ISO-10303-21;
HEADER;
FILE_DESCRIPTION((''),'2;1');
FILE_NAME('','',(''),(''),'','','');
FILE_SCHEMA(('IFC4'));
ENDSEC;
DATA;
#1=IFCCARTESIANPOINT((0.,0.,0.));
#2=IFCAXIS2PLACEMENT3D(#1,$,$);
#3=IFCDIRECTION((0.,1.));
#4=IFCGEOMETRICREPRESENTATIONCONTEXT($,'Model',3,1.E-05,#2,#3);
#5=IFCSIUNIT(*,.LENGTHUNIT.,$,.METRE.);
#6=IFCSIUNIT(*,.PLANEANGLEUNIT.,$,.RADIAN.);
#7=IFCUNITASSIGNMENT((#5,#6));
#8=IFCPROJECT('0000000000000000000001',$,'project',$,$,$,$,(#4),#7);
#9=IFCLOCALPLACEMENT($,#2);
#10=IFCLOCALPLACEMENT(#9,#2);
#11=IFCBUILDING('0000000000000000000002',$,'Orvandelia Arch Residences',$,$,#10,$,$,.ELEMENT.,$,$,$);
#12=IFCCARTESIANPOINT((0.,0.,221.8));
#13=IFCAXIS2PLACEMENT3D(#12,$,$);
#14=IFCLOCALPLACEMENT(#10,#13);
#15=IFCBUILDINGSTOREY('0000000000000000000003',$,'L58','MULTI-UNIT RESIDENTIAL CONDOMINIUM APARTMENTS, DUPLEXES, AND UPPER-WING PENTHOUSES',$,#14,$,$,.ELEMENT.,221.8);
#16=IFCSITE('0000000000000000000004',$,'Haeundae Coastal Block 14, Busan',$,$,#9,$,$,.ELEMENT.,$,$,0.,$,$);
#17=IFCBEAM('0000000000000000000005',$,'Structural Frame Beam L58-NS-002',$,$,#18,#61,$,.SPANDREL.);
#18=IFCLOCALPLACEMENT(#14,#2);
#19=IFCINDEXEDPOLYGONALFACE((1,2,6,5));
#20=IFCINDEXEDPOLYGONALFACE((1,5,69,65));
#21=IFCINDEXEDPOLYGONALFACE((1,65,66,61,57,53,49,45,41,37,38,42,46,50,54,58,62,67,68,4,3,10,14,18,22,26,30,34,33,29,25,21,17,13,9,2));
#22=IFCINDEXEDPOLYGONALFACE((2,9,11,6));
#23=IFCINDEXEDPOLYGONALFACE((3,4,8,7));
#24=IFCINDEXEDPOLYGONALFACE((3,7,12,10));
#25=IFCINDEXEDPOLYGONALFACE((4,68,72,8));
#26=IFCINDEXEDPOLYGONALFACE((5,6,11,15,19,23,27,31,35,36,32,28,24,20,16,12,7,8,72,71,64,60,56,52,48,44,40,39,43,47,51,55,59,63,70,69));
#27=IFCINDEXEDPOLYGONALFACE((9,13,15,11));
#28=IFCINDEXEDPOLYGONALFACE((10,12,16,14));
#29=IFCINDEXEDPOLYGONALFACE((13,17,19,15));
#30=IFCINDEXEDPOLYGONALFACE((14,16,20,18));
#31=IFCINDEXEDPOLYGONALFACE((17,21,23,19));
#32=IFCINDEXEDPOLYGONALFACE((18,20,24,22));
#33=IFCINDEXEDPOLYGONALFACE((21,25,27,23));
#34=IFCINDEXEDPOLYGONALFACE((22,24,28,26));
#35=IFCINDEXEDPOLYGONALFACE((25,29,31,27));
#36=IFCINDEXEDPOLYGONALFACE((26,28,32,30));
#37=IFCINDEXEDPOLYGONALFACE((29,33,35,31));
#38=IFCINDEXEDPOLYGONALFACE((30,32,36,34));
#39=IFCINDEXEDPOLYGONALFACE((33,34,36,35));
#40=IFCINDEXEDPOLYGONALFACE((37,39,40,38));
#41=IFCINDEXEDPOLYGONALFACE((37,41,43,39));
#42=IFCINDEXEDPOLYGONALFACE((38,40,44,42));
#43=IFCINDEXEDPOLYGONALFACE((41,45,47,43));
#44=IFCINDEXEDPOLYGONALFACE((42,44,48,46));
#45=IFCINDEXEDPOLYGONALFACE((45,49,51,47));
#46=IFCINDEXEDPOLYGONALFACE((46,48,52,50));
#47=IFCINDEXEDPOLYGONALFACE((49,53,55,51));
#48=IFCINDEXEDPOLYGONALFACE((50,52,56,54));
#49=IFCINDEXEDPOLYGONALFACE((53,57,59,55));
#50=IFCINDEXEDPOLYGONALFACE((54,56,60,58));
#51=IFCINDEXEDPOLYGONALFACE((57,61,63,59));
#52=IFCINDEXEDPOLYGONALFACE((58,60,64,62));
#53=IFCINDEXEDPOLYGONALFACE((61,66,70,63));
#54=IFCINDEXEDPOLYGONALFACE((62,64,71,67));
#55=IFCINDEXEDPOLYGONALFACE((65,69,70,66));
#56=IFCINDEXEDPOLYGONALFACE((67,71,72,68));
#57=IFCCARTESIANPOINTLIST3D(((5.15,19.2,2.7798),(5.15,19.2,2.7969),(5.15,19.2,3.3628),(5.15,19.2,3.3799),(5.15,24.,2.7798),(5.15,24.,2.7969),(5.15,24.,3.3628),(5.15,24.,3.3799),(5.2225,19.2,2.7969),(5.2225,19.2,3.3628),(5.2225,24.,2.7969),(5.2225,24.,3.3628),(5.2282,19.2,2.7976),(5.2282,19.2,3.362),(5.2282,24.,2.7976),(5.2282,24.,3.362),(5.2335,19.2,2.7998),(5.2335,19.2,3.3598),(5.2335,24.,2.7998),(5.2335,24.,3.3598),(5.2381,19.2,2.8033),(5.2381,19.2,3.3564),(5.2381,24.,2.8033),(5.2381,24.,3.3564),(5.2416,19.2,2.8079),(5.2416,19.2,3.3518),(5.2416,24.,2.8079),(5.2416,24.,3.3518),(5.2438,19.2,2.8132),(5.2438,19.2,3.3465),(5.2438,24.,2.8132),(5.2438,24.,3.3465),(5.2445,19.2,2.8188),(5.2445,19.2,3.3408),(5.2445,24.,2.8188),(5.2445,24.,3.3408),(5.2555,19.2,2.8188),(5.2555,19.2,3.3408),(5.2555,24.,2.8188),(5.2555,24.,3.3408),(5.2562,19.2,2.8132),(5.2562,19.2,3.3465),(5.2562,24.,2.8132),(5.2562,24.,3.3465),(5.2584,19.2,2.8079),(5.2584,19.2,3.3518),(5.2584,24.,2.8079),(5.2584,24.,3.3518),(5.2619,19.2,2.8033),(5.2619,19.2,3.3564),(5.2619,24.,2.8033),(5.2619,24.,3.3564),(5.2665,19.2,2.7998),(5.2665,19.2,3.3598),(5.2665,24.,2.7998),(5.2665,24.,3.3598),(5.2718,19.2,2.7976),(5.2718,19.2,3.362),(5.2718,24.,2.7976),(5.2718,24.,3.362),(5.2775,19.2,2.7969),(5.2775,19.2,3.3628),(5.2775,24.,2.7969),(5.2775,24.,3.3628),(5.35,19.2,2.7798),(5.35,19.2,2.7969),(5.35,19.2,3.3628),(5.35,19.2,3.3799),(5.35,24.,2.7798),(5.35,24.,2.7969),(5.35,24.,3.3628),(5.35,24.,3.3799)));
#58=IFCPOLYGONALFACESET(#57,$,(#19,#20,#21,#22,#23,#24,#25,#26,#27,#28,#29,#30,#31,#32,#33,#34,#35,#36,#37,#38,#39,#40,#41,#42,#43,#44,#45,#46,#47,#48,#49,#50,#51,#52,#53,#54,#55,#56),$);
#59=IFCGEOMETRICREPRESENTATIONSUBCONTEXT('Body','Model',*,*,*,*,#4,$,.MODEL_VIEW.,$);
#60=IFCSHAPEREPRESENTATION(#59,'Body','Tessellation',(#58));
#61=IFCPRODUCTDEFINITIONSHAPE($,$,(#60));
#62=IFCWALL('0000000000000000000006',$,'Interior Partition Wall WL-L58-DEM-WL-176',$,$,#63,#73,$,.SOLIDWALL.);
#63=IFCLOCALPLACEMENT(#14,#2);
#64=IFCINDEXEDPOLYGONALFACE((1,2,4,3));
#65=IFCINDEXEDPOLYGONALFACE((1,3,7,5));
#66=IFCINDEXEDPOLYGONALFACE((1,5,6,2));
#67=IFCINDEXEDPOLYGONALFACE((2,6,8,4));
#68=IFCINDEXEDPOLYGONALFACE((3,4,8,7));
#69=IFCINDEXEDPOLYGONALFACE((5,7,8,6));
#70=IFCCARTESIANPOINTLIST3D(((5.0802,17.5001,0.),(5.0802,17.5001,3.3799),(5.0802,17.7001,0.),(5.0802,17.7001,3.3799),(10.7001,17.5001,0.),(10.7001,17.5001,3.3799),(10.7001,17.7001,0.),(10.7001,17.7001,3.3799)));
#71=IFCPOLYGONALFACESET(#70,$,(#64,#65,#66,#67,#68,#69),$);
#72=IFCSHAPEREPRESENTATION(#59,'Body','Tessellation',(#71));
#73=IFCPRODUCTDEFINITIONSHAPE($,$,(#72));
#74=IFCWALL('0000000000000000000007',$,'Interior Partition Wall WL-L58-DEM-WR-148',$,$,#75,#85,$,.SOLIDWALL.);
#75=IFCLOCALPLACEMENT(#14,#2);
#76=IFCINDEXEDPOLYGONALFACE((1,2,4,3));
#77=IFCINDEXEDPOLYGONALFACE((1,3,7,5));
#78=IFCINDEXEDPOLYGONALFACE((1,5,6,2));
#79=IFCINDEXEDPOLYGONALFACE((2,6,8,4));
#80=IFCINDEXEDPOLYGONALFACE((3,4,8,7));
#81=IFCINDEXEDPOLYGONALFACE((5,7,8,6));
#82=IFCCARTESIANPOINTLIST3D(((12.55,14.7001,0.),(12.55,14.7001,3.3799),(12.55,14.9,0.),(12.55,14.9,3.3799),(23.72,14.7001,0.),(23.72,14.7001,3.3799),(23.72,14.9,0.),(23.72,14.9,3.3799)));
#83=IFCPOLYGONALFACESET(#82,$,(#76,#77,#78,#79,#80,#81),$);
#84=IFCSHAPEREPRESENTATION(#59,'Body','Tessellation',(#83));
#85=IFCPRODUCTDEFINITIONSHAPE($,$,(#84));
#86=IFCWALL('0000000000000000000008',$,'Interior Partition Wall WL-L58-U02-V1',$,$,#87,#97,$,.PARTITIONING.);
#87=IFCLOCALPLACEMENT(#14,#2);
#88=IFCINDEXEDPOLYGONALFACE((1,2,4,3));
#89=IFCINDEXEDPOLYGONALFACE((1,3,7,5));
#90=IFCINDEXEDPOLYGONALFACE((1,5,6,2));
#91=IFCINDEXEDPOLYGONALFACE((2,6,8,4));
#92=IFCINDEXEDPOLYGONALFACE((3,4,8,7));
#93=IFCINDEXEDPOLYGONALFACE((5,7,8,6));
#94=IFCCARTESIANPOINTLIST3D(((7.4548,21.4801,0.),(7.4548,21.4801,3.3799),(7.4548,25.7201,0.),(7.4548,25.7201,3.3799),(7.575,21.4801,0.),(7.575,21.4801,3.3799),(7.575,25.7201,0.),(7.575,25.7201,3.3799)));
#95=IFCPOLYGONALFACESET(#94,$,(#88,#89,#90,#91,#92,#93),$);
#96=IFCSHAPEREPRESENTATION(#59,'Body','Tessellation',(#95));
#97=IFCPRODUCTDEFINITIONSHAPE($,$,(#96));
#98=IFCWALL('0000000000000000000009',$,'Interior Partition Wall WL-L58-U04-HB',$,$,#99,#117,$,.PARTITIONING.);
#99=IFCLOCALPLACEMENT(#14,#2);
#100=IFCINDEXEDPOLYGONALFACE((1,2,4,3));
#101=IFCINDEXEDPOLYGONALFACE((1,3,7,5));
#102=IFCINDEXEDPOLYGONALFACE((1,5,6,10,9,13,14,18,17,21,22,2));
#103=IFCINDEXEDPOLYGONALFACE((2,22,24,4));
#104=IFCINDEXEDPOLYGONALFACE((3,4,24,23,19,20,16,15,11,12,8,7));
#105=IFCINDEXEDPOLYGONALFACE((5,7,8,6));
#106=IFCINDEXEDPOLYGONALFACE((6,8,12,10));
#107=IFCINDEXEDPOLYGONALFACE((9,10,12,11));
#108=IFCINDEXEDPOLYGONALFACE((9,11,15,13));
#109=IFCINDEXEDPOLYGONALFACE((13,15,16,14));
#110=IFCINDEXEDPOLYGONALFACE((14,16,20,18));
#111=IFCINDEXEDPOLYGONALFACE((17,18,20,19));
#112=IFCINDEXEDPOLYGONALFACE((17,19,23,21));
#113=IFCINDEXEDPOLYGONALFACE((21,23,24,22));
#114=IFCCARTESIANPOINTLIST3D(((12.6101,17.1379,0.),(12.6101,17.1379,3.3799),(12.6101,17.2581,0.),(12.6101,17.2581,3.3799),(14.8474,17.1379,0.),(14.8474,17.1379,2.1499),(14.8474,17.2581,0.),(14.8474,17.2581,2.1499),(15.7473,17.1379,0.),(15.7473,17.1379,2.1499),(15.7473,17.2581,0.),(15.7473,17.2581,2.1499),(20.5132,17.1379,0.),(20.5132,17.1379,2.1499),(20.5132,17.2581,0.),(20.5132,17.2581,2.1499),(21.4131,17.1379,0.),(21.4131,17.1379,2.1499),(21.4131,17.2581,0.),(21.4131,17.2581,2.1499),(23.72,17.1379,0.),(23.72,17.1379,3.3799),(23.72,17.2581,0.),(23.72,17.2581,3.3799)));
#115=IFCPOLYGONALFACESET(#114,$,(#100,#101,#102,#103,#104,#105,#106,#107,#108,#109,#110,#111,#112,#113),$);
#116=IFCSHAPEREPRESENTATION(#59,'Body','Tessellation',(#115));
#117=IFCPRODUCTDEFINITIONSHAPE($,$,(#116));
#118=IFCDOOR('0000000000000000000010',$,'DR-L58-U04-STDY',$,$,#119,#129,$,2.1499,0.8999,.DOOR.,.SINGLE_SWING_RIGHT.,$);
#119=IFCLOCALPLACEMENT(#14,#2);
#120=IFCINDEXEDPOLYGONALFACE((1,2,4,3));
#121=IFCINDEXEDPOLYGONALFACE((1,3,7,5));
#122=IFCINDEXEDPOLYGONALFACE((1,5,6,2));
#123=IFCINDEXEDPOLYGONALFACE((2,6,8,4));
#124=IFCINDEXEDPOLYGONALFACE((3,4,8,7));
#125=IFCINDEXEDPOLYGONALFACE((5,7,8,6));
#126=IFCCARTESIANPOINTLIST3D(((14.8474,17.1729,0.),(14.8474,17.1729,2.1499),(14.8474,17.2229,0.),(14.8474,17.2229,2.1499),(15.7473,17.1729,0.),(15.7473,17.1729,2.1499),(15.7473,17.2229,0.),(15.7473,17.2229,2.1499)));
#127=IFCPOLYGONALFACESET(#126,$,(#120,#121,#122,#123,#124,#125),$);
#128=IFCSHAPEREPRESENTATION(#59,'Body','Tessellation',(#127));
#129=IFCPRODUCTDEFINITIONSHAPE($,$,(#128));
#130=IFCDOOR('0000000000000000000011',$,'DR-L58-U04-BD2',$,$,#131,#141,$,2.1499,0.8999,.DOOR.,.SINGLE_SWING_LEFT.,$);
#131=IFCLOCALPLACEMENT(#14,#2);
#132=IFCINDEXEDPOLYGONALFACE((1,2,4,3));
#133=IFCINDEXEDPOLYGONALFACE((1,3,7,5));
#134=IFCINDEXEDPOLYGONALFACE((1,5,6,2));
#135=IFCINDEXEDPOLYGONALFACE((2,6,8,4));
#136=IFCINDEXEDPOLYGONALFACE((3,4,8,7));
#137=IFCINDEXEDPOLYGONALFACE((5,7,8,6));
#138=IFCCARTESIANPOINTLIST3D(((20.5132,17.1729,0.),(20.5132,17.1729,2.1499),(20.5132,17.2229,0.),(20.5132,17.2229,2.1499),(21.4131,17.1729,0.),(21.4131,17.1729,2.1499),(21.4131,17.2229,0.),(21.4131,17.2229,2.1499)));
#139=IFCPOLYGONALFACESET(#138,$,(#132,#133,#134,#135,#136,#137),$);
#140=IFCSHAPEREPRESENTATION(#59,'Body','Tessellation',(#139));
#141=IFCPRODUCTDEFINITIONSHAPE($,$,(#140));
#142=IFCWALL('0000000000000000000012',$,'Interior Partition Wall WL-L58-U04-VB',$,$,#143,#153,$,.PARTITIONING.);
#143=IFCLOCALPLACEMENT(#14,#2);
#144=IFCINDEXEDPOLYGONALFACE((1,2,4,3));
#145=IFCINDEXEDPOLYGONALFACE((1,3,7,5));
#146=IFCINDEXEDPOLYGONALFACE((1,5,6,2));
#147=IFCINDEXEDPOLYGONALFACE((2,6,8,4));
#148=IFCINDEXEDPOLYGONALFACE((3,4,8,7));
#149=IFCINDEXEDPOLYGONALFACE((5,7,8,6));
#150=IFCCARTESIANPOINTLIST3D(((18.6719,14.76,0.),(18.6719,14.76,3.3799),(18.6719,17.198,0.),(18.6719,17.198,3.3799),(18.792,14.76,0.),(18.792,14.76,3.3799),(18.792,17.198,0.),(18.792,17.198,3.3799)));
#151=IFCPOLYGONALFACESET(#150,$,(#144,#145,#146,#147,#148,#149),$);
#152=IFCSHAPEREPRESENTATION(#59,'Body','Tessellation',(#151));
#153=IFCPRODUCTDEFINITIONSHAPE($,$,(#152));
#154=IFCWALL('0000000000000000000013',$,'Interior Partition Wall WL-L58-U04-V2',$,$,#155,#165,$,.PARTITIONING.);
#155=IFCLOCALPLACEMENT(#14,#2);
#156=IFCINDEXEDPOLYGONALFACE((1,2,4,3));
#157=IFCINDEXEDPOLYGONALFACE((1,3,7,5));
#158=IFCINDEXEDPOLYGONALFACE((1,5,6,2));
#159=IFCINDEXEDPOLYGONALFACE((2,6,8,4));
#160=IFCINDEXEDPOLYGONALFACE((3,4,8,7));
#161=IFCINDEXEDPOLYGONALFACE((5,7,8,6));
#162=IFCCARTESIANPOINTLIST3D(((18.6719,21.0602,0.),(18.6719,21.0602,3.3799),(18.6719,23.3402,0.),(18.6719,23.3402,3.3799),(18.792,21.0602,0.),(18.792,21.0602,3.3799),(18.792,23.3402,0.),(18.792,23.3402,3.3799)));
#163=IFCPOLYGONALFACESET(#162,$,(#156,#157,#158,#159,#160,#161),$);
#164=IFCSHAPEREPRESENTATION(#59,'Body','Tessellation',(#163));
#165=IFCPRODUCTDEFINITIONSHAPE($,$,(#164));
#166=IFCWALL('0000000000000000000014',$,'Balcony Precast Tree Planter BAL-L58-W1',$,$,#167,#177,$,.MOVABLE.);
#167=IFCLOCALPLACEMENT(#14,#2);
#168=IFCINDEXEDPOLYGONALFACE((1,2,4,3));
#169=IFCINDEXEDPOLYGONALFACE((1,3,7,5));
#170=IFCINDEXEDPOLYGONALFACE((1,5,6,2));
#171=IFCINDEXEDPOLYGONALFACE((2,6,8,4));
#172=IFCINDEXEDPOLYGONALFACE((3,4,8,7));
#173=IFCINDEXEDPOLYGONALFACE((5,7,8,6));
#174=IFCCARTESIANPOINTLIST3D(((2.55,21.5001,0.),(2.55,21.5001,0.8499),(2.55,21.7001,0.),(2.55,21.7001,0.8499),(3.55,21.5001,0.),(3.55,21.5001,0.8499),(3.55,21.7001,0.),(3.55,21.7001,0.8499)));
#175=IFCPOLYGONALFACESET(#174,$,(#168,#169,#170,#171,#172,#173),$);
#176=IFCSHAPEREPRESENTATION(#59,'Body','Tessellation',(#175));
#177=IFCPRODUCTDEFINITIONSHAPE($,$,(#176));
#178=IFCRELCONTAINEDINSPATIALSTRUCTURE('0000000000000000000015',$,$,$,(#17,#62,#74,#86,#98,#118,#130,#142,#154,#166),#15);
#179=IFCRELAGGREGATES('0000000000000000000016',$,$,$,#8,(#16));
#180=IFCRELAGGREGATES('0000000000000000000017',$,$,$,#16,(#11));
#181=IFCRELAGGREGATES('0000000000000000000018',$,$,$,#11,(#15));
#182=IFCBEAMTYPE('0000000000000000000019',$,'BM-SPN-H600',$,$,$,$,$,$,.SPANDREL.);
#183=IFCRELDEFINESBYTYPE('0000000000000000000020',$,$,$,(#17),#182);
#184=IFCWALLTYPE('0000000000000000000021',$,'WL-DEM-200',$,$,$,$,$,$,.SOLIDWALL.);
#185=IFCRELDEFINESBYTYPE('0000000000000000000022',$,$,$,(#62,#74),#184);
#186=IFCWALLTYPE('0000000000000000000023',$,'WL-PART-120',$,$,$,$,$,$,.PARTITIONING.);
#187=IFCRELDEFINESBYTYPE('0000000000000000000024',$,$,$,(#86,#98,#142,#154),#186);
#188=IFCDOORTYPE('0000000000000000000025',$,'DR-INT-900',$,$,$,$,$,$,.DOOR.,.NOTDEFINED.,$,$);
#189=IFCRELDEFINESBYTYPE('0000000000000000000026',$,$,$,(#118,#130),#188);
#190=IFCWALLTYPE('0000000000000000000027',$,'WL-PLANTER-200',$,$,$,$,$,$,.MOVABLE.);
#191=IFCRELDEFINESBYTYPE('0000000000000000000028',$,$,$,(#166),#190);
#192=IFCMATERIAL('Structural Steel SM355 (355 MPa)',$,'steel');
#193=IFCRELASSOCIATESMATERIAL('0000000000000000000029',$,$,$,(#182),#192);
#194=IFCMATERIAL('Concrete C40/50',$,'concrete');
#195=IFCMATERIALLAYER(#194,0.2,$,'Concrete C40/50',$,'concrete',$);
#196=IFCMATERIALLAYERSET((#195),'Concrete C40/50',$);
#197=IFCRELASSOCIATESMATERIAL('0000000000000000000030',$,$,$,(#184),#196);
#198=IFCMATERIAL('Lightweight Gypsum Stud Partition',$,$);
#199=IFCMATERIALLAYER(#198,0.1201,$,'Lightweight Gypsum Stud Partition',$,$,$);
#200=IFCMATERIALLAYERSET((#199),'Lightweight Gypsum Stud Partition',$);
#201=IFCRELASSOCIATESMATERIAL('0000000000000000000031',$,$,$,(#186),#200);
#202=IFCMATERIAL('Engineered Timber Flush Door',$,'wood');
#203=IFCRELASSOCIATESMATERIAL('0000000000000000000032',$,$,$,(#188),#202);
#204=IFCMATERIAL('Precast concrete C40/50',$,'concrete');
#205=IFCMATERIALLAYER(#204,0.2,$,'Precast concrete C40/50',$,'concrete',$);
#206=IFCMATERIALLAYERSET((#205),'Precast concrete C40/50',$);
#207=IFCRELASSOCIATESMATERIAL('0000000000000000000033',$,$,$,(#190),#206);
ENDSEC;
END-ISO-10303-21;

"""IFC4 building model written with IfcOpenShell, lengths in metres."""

from ifc_helpers import new_model, si_unit, direction, frame, frame_2d, origin, origin_2d, place, context, subcontext, project, spatial, rectangle, i_section, extrude, material, layer, layer_set, material_profile, profile_set, type_object, element, fill, save


model = new_model("IFC4")

# Units and contexts
model_context = context("Model", 3, precision=1e-05, world=origin(), true_north=direction((0.0, 1.0)))
body_context = subcontext(model_context, "Body", "Model", "MODEL_VIEW")
ifc_project = project(units=[si_unit("LENGTHUNIT", "METRE"), si_unit("PLANEANGLEUNIT", "RADIAN")], contexts=[model_context])

# Site, building, storey
site_placement = place(None, origin())
site = spatial("IfcSite", under=ifc_project, at=site_placement, Name="Haeundae Coastal Block 14, Busan", CompositionType="ELEMENT", RefElevation=0.0)
building_placement = place(site_placement, origin())
building = spatial("IfcBuilding", under=site, at=building_placement, Name="Orvandelia Arch Residences", CompositionType="ELEMENT")
storey_placement = place(building_placement, frame((0.0, 0.0, 221.8)))
storey = spatial("IfcBuildingStorey", under=building, at=storey_placement, Name="L58", Description="MULTI-UNIT RESIDENTIAL CONDOMINIUM APARTMENTS, DUPLEXES, AND UPPER-WING PENTHOUSES", CompositionType="ELEMENT", Elevation=221.8)

# Beam
ifc_material_1 = material(Name="Structural Steel SM355 (355 MPa)", Category="steel")
ifc_material_profile_1 = material_profile(ifc_material_1, i_section(OverallWidth=0.2, OverallDepth=0.6001, WebThickness=0.011, FlangeThickness=0.0171, FilletRadius=0.022, at=origin_2d()), Name="Structural Steel SM355 (355 MPa)", Category="steel")
ifc_profile_set_1 = profile_set([ifc_material_profile_1], Name="Structural Steel SM355 (355 MPa)")
beam_type_1 = type_object("IfcBeamType", Name="BM-SPN-H600", PredefinedType="SPANDREL", material=ifc_profile_set_1)
for number, where, z_axis, x_axis, name in (
    (1, (5.25, 19.2, 3.0798), (0.0, 1.0, 0.0), (-1.0, 0.0, 0.0), "Structural Frame Beam L58-NS-002"),
):
    element("IfcBeam", number, at=place(storey_placement, frame(where, z_axis=z_axis, x_axis=x_axis)), inside=storey, type_object=beam_type_1, Name=name, PredefinedType="SPANDREL", context=body_context, shape_type="SweptSolid", body=[
        extrude(i_section(OverallWidth=0.2, OverallDepth=0.6001, WebThickness=0.011, FlangeThickness=0.0171, FilletRadius=0.022, at=origin_2d()), origin(), (0.0, 0.0, 1.0), 4.8),
    ])

# Walls
ifc_material_2 = material(Name="Concrete C40/50", Category="concrete")
ifc_layer_1 = layer(ifc_material_2, 0.2, Name="Concrete C40/50", Category="concrete")
ifc_layer_set_1 = layer_set([ifc_layer_1], Name="Concrete C40/50")
wall_type_1 = type_object("IfcWallType", Name="WL-DEM-200", PredefinedType="SOLIDWALL", material=ifc_layer_set_1)
wall_1_placement = place(storey_placement, frame((5.0801, 17.6001, 0.0), z_axis=(0.0, 0.0, 1.0), x_axis=(1.0, 0.0, 0.0)))
element("IfcWall", 2, at=wall_1_placement, inside=storey, type_object=wall_type_1, Name="Interior Partition Wall WL-L58-DEM-WL-176", PredefinedType="SOLIDWALL", context=body_context, shape_type="SweptSolid", body=[
    extrude(rectangle(XDim=5.6199, YDim=0.2, at=frame_2d((2.8101, 0.0))), origin(), (0.0, 0.0, 1.0), 3.3799),
])
wall_2_placement = place(storey_placement, frame((12.55, 14.8, 0.0), z_axis=(0.0, 0.0, 1.0), x_axis=(1.0, 0.0, 0.0)))
element("IfcWall", 3, at=wall_2_placement, inside=storey, type_object=wall_type_1, Name="Interior Partition Wall WL-L58-DEM-WR-148", PredefinedType="SOLIDWALL", context=body_context, shape_type="SweptSolid", body=[
    extrude(rectangle(XDim=11.1699, YDim=0.2, at=frame_2d((5.585, 0.0))), origin(), (0.0, 0.0, 1.0), 3.3799),
])
ifc_material_3 = material(Name="Lightweight Gypsum Stud Partition")
ifc_layer_2 = layer(ifc_material_3, 0.1201, Name="Lightweight Gypsum Stud Partition")
ifc_layer_set_2 = layer_set([ifc_layer_2], Name="Lightweight Gypsum Stud Partition")
wall_type_2 = type_object("IfcWallType", Name="WL-PART-120", PredefinedType="PARTITIONING", material=ifc_layer_set_2)
wall_3_placement = place(storey_placement, frame((7.5149, 21.48, 0.0), z_axis=(0.0, 0.0, 1.0), x_axis=(0.0, 1.0, 0.0)))
element("IfcWall", 4, at=wall_3_placement, inside=storey, type_object=wall_type_2, Name="Interior Partition Wall WL-L58-U02-V1", PredefinedType="PARTITIONING", context=body_context, shape_type="SweptSolid", body=[
    extrude(rectangle(XDim=4.24, YDim=0.1201, at=frame_2d((2.1201, 0.0))), origin(), (0.0, 0.0, 1.0), 3.3799),
])

# Wall, openings, doors
wall_4_placement = place(storey_placement, frame((12.6101, 17.198, 0.0), z_axis=(0.0, 0.0, 1.0), x_axis=(1.0, 0.0, 0.0)))
wall_4 = element("IfcWall", 5, at=wall_4_placement, inside=storey, type_object=wall_type_2, Name="Interior Partition Wall WL-L58-U04-HB", PredefinedType="PARTITIONING", context=body_context, shape_type="SweptSolid", body=[
    extrude(rectangle(XDim=11.1099, YDim=0.1201, at=frame_2d((5.5549, 0.0))), origin(), (0.0, 0.0, 1.0), 3.3799),
])
opening_1_placement = place(wall_4_placement, frame((2.2373, 0.0, 0.0)))
opening_1 = element("IfcOpeningElement", 6, at=opening_1_placement, cuts=wall_4, PredefinedType="OPENING", context=body_context, shape_type="SweptSolid", body=[
    extrude(rectangle(XDim=0.8999, YDim=2.1499, at=frame_2d((0.45, 1.075))), frame((0.0, 0.0701, 0.0), z_axis=(0.0, -1.0, 0.0), x_axis=(1.0, 0.0, 0.0)), (0.0, 0.0, 1.0), 0.1401),
])
opening_2_placement = place(wall_4_placement, frame((7.9031, 0.0, 0.0)))
opening_2 = element("IfcOpeningElement", 7, at=opening_2_placement, cuts=wall_4, PredefinedType="OPENING", context=body_context, shape_type="SweptSolid", body=[
    extrude(rectangle(XDim=0.8999, YDim=2.1499, at=frame_2d((0.45, 1.075))), frame((0.0, 0.0701, 0.0), z_axis=(0.0, -1.0, 0.0), x_axis=(1.0, 0.0, 0.0)), (0.0, 0.0, 1.0), 0.1401),
])
ifc_material_4 = material(Name="Engineered Timber Flush Door", Category="wood")
door_type_1 = type_object("IfcDoorType", Name="DR-INT-900", OperationType="NOTDEFINED", PredefinedType="DOOR", material=ifc_material_4)
door_1_placement = place(opening_1_placement, origin())
door_1 = element("IfcDoor", 8, at=door_1_placement, inside=storey, type_object=door_type_1, Name="DR-L58-U04-STDY", OperationType="SINGLE_SWING_RIGHT", OverallHeight=2.1499, OverallWidth=0.8999, PredefinedType="DOOR", context=body_context, shape_type="SweptSolid", body=[
    extrude(rectangle(XDim=0.8999, YDim=2.1499, at=frame_2d((0.45, 1.075))), frame((0.0, 0.0249, 0.0), z_axis=(0.0, -1.0, 0.0), x_axis=(1.0, 0.0, 0.0)), (0.0, 0.0, 1.0), 0.05),
])
fill(opening_1, door_1)
door_2_placement = place(opening_2_placement, origin())
door_2 = element("IfcDoor", 9, at=door_2_placement, inside=storey, type_object=door_type_1, Name="DR-L58-U04-BD2", OperationType="SINGLE_SWING_LEFT", OverallHeight=2.1499, OverallWidth=0.8999, PredefinedType="DOOR", context=body_context, shape_type="SweptSolid", body=[
    extrude(rectangle(XDim=0.8999, YDim=2.1499, at=frame_2d((0.45, 1.075))), frame((0.0, 0.0249, 0.0), z_axis=(0.0, -1.0, 0.0), x_axis=(1.0, 0.0, 0.0)), (0.0, 0.0, 1.0), 0.05),
])
fill(opening_2, door_2)

# Walls
wall_5_placement = place(storey_placement, frame((18.7319, 14.76, 0.0), z_axis=(0.0, 0.0, 1.0), x_axis=(0.0, 1.0, 0.0)))
element("IfcWall", 10, at=wall_5_placement, inside=storey, type_object=wall_type_2, Name="Interior Partition Wall WL-L58-U04-VB", PredefinedType="PARTITIONING", context=body_context, shape_type="SweptSolid", body=[
    extrude(rectangle(XDim=2.438, YDim=0.1201, at=frame_2d((1.219, 0.0))), origin(), (0.0, 0.0, 1.0), 3.3799),
])
wall_6_placement = place(storey_placement, frame((18.7319, 21.0601, 0.0), z_axis=(0.0, 0.0, 1.0), x_axis=(0.0, 1.0, 0.0)))
element("IfcWall", 11, at=wall_6_placement, inside=storey, type_object=wall_type_2, Name="Interior Partition Wall WL-L58-U04-V2", PredefinedType="PARTITIONING", context=body_context, shape_type="SweptSolid", body=[
    extrude(rectangle(XDim=2.28, YDim=0.1201, at=frame_2d((1.1401, 0.0))), origin(), (0.0, 0.0, 1.0), 3.3799),
])
ifc_material_5 = material(Name="Precast concrete C40/50", Category="concrete")
ifc_layer_3 = layer(ifc_material_5, 0.2, Name="Precast concrete C40/50", Category="concrete")
ifc_layer_set_3 = layer_set([ifc_layer_3], Name="Precast concrete C40/50")
wall_type_3 = type_object("IfcWallType", Name="WL-PLANTER-200", PredefinedType="MOVABLE", material=ifc_layer_set_3)
wall_7_placement = place(storey_placement, frame((2.55, 21.6001, 0.0), z_axis=(0.0, 0.0, 1.0), x_axis=(1.0, 0.0, 0.0)))
element("IfcWall", 12, at=wall_7_placement, inside=storey, type_object=wall_type_3, Name="Balcony Precast Tree Planter BAL-L58-W1", PredefinedType="MOVABLE", context=body_context, shape_type="SweptSolid", body=[
    extrude(rectangle(XDim=1.0, YDim=0.2, at=frame_2d((0.5, 0.0))), origin(), (0.0, 0.0, 1.0), 0.8499),
])

save(model, "model.ifc")
